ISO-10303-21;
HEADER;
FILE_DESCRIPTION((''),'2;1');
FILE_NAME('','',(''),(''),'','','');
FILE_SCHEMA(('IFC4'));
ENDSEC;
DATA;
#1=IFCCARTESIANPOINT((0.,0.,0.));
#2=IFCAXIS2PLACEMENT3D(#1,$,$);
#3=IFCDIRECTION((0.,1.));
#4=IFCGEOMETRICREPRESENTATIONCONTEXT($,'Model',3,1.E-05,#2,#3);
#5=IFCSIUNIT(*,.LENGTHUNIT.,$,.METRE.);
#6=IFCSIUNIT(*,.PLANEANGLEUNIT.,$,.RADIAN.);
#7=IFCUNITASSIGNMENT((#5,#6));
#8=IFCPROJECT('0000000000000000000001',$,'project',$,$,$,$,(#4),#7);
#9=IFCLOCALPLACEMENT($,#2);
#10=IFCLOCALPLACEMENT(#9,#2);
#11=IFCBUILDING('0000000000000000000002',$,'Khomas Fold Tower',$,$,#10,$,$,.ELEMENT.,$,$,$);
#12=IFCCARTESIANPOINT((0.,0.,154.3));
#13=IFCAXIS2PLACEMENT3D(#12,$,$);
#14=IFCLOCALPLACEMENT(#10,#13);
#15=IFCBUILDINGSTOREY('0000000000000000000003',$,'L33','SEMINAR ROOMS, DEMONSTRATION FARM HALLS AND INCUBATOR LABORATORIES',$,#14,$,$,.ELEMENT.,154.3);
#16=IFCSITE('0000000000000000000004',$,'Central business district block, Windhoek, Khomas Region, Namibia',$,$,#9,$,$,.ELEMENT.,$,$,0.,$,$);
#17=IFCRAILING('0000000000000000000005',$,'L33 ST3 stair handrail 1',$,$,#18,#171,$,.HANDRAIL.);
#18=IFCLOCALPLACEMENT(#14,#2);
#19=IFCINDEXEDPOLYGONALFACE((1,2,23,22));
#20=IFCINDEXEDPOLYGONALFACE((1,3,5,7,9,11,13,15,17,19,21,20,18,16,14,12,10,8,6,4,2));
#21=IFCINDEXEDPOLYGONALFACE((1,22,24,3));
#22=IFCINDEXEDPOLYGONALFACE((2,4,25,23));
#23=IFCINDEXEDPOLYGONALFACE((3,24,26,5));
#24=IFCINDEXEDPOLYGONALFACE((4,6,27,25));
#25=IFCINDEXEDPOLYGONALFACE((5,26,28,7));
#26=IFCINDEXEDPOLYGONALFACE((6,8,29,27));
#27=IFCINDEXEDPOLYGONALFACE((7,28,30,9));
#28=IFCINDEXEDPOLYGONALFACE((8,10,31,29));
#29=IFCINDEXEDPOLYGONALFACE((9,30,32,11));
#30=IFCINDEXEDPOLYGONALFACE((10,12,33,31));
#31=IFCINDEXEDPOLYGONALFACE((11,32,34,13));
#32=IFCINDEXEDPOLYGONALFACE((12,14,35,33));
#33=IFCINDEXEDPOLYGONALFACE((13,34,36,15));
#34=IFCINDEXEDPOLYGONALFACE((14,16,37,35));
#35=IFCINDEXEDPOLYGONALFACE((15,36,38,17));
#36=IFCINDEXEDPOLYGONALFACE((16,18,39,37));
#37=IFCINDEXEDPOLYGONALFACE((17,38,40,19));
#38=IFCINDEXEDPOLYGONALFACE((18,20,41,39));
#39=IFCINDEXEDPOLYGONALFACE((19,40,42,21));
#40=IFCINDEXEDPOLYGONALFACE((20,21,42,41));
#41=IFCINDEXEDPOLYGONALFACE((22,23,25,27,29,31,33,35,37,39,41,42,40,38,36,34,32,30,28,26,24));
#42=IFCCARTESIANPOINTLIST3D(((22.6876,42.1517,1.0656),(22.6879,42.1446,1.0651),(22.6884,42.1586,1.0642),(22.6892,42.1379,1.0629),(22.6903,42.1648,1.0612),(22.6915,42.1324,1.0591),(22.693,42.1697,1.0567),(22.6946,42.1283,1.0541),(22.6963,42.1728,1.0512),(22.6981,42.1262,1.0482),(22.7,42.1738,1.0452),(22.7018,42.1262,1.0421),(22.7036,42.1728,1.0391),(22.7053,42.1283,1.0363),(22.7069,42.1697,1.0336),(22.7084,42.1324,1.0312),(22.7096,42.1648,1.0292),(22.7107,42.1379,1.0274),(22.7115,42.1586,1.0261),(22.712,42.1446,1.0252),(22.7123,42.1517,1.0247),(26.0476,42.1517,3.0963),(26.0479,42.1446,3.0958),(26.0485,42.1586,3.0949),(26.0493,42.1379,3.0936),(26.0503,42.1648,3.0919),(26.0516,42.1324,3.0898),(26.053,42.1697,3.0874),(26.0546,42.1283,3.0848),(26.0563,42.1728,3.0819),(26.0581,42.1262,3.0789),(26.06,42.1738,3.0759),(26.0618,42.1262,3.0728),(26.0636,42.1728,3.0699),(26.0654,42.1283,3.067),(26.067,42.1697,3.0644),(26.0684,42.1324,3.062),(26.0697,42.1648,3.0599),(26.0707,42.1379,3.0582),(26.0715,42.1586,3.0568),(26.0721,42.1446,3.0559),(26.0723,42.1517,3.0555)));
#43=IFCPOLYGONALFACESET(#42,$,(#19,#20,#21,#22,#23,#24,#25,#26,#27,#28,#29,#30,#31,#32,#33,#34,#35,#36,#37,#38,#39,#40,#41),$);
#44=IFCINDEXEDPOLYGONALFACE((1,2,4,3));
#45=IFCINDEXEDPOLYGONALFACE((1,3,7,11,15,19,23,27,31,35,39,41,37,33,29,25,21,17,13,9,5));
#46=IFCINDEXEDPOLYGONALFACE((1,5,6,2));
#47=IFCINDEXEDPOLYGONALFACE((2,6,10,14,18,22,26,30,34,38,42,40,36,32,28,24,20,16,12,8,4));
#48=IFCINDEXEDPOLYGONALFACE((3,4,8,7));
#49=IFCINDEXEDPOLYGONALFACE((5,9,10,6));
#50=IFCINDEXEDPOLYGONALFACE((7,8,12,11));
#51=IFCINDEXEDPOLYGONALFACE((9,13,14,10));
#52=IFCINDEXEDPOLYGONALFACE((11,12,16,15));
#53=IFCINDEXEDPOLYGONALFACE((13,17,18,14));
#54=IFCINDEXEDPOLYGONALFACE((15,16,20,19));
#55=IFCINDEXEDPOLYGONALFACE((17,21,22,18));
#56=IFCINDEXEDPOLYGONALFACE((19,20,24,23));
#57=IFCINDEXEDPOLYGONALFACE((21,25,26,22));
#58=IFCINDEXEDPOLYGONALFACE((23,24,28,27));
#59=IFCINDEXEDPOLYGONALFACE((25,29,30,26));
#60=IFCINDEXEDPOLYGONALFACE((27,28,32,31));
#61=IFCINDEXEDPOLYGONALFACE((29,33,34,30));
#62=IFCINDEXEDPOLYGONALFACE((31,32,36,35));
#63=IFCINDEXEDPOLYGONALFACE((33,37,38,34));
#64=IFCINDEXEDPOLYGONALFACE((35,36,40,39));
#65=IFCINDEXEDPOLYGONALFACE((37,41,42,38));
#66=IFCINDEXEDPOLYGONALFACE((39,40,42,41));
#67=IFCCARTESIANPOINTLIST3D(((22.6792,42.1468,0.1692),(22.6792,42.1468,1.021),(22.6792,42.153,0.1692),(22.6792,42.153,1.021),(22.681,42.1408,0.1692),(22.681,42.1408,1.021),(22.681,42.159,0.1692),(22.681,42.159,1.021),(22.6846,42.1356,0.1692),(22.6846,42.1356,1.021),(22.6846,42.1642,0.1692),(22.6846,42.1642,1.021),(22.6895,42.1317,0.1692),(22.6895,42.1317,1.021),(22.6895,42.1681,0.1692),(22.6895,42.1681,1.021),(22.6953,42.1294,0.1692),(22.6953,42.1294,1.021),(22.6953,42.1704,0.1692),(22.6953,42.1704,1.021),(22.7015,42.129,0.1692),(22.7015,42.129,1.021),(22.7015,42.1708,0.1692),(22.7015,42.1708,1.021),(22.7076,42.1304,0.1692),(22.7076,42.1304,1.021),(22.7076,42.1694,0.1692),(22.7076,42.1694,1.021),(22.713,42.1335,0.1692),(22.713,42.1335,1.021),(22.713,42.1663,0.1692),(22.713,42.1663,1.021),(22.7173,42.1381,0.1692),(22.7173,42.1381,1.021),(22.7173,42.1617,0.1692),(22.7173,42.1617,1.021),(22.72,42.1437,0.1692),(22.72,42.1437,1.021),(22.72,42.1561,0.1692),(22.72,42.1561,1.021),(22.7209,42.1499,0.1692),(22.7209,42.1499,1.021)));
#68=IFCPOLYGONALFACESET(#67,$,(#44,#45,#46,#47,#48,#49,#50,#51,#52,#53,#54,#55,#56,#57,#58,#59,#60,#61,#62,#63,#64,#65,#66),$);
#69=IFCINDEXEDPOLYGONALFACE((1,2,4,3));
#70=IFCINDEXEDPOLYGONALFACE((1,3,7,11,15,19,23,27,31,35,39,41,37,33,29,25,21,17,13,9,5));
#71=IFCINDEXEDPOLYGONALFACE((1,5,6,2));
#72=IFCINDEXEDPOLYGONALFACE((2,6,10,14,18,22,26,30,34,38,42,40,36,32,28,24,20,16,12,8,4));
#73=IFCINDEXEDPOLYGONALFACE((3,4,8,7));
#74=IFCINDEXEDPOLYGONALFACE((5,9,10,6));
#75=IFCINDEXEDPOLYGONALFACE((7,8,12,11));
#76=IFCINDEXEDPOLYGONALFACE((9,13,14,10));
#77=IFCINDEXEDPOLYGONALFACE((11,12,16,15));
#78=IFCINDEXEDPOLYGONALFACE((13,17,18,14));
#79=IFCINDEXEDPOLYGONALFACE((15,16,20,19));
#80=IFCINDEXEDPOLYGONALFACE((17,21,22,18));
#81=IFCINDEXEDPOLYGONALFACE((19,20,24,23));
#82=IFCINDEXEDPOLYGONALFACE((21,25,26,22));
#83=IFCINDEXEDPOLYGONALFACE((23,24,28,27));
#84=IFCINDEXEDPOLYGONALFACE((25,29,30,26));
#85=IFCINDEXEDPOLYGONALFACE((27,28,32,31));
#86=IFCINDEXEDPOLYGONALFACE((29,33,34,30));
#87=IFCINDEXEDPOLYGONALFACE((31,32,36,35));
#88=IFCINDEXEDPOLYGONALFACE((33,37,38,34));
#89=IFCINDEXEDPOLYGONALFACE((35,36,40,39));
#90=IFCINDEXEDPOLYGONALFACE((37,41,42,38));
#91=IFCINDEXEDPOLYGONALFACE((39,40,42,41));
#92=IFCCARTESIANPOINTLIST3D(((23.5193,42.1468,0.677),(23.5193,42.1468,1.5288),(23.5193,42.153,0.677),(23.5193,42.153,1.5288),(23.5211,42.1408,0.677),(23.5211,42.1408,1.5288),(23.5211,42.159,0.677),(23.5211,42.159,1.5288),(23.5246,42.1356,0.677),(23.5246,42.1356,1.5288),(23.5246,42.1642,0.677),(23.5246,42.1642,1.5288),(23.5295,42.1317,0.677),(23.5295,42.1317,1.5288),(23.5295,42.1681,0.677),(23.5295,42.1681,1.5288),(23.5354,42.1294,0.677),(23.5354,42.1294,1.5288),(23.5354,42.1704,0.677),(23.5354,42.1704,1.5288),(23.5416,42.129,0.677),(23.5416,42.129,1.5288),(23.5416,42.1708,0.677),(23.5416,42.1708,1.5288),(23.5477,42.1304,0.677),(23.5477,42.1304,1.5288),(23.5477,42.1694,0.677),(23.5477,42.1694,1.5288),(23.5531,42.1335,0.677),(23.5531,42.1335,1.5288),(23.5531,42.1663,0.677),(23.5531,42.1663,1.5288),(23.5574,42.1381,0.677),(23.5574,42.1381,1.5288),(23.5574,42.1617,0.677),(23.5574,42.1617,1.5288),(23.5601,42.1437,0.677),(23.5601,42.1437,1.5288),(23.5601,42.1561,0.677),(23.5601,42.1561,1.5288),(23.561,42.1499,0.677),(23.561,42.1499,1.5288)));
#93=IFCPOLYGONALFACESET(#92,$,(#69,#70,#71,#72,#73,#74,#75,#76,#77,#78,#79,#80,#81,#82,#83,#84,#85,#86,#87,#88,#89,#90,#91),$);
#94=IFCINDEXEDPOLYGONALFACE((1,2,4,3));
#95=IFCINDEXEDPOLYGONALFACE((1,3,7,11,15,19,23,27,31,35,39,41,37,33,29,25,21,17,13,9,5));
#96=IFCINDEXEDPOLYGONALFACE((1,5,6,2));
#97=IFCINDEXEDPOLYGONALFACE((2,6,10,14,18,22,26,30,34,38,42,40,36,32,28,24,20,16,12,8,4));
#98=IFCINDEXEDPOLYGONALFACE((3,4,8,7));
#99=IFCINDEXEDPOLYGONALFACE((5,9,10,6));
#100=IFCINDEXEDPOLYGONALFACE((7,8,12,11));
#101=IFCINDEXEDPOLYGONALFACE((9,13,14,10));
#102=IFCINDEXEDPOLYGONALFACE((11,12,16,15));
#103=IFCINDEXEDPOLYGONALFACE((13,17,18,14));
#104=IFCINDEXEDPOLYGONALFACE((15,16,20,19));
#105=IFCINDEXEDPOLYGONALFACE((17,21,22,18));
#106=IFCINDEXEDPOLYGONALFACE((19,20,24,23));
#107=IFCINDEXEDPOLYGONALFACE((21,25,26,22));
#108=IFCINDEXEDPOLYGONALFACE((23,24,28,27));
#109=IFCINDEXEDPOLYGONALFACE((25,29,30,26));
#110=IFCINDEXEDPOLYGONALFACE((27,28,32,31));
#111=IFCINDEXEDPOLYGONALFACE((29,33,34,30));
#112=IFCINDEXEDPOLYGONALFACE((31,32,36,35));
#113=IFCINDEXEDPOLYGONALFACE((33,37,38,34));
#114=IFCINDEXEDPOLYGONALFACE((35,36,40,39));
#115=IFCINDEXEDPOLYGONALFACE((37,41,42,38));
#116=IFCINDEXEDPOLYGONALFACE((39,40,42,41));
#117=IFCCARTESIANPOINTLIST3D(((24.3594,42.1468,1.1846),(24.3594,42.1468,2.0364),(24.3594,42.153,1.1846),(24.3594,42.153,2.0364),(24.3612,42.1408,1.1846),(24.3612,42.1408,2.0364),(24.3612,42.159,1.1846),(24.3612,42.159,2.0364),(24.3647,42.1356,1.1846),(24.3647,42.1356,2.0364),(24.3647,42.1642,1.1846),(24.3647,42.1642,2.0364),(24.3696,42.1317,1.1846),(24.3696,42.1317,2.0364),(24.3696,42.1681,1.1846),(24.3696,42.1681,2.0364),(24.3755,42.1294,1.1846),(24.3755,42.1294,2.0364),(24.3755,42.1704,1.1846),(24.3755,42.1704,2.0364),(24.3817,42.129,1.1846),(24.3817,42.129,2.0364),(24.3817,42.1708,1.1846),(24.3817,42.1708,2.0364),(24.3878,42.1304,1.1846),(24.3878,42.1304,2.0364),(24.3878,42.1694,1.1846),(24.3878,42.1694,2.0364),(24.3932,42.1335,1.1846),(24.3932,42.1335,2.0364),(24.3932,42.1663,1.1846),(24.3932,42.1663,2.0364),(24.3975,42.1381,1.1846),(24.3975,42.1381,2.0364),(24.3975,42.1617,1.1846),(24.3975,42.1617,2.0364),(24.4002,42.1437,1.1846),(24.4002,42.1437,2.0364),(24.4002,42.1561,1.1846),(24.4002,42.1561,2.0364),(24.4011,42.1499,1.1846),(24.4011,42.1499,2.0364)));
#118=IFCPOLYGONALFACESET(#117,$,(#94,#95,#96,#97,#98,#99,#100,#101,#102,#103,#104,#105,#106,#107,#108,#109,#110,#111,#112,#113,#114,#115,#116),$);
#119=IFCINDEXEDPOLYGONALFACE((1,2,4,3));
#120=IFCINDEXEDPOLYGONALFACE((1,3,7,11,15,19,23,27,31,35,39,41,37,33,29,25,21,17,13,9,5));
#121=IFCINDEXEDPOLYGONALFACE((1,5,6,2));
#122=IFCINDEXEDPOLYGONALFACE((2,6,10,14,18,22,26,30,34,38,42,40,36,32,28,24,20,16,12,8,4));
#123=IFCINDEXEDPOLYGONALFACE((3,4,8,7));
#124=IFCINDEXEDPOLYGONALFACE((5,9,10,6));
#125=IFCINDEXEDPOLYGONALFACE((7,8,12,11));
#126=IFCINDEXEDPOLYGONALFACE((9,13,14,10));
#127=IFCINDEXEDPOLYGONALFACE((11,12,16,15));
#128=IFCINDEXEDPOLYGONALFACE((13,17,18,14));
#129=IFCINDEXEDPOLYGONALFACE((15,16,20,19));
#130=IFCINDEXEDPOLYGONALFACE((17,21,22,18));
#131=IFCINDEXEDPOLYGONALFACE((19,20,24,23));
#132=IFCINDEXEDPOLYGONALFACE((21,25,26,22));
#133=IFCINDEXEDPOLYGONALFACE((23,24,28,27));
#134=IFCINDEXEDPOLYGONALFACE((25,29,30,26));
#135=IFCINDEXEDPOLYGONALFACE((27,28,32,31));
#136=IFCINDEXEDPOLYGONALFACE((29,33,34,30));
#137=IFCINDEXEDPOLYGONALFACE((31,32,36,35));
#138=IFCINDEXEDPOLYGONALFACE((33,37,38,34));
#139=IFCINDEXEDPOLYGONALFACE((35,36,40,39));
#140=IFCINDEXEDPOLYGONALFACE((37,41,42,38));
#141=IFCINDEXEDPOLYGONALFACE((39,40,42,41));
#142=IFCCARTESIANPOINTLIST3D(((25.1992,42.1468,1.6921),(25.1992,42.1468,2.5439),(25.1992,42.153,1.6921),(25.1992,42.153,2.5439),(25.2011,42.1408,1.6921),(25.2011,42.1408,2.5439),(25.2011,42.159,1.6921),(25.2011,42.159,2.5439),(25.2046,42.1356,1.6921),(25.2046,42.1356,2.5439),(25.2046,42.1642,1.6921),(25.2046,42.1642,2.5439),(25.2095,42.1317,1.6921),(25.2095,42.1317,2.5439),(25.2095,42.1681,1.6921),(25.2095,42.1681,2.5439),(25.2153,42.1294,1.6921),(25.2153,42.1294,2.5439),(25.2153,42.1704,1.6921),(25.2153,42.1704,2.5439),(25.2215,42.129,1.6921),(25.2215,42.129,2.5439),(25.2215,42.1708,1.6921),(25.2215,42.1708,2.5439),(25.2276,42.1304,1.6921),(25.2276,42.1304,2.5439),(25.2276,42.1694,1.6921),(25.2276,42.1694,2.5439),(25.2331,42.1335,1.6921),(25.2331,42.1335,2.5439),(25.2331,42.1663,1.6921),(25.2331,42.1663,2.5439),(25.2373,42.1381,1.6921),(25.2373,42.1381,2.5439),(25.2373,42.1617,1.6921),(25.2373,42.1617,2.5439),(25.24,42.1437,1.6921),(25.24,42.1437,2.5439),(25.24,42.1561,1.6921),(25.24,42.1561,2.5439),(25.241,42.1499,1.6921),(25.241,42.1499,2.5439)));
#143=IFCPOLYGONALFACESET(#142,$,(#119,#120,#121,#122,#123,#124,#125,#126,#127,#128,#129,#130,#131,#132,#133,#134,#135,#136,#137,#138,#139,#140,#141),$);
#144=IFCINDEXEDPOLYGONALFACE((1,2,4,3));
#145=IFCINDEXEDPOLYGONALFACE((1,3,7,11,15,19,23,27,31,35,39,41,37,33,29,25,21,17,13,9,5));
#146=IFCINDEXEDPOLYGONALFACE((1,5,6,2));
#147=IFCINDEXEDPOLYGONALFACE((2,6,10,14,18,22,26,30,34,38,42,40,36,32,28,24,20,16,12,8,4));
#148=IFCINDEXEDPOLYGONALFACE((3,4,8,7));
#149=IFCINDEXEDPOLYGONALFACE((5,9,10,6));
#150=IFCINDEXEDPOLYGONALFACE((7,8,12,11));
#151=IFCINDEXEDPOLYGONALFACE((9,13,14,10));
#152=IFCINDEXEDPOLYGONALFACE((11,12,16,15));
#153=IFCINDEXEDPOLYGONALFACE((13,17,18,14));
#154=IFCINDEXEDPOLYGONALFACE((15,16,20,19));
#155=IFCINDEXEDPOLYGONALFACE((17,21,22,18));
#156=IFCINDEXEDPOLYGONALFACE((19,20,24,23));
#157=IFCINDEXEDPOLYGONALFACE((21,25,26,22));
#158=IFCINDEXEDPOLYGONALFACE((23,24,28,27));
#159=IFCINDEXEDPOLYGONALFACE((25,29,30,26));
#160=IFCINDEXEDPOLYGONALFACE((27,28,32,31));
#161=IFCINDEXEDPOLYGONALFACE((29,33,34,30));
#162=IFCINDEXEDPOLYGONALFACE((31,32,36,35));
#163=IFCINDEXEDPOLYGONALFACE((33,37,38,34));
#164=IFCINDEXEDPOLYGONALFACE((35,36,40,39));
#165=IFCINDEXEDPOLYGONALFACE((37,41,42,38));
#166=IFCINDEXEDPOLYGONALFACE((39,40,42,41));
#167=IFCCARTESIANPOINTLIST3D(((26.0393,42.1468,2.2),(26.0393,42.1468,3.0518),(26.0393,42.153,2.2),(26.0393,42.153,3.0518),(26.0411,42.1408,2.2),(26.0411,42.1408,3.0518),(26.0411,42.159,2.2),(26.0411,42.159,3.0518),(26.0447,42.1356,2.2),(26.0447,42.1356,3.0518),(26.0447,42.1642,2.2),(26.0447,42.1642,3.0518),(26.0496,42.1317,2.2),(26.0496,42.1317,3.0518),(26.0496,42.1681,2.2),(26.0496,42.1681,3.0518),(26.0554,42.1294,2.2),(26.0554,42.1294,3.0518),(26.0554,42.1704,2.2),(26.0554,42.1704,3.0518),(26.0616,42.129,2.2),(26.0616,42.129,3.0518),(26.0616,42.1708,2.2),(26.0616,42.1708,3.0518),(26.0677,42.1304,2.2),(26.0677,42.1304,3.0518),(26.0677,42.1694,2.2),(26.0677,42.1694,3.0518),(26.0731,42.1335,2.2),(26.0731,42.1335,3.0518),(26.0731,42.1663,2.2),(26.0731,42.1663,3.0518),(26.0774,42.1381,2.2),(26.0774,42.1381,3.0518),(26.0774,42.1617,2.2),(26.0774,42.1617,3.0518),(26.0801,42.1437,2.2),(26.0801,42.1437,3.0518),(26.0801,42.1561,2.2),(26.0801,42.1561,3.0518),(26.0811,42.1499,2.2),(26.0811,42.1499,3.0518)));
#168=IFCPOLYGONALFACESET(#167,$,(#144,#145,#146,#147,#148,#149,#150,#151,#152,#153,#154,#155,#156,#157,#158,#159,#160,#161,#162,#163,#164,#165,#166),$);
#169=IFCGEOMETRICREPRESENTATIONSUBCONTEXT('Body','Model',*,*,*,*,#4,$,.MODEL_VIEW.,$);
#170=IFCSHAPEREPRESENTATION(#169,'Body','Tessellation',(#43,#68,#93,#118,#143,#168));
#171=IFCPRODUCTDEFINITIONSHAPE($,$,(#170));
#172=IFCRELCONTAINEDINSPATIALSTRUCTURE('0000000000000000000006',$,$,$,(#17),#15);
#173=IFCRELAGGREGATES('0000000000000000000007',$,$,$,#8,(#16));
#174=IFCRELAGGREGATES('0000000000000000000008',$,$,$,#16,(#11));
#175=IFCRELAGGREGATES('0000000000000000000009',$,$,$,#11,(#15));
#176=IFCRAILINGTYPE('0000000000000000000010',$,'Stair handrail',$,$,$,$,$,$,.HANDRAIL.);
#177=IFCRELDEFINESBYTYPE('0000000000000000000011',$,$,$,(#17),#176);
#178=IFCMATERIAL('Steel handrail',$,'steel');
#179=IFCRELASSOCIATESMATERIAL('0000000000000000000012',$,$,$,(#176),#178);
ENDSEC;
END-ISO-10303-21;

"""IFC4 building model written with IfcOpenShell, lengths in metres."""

from ifc_helpers import new_model, si_unit, direction, frame, origin, origin_2d, place, context, subcontext, project, spatial, circle, extrude, source, transform, mapped, material, type_object, element, save


model = new_model("IFC4")

# Units and contexts
model_context = context("Model", 3, precision=1e-05, world=origin(), true_north=direction((0.0, 1.0)))
body_context = subcontext(model_context, "Body", "Model", "MODEL_VIEW")
ifc_project = project(units=[si_unit("LENGTHUNIT", "METRE"), si_unit("PLANEANGLEUNIT", "RADIAN")], contexts=[model_context])

# Site, building, storey
site_placement = place(None, origin())
site = spatial("IfcSite", under=ifc_project, at=site_placement, Name="Central business district block, Windhoek, Khomas Region, Namibia", CompositionType="ELEMENT", RefElevation=0.0)
building_placement = place(site_placement, origin())
building = spatial("IfcBuilding", under=site, at=building_placement, Name="Khomas Fold Tower", CompositionType="ELEMENT")
storey_placement = place(building_placement, frame((0.0, 0.0, 154.3)))
storey = spatial("IfcBuildingStorey", under=building, at=storey_placement, Name="L33", Description="SEMINAR ROOMS, DEMONSTRATION FARM HALLS AND INCUBATOR LABORATORIES", CompositionType="ELEMENT", Elevation=154.3)

# Railing
ifc_material_1 = material(Name="Steel handrail", Category="steel")
railing_type_1 = type_object("IfcRailingType", Name="Stair handrail", PredefinedType="HANDRAIL", material=ifc_material_1)
shared_shape_1 = source(origin(), body_context, "Body", "SweptSolid", [
    extrude(circle(Radius=0.0239, at=origin_2d()), frame((0.0, 0.0, 0.876), z_axis=(0.855837, 0.0, 0.517246), x_axis=(0.0, 1.0, 0.0)), (0.0, 0.0, 1.0), 3.926),
    extrude(circle(Radius=0.021, at=origin_2d()), origin(), (0.0, 0.0, 1.0), 0.8518),
    extrude(circle(Radius=0.021, at=origin_2d()), frame((0.8401, 0.0, 0.5078)), (0.0, 0.0, 1.0), 0.8518),
    extrude(circle(Radius=0.021, at=origin_2d()), frame((1.6802, 0.0, 1.0154)), (0.0, 0.0, 1.0), 0.8518),
    extrude(circle(Radius=0.021, at=origin_2d()), frame((2.52, 0.0, 1.5229)), (0.0, 0.0, 1.0), 0.8518),
    extrude(circle(Radius=0.021, at=origin_2d()), frame((3.3601, 0.0, 2.0308)), (0.0, 0.0, 1.0), 0.8518),
])
railing_1_placement = place(storey_placement, frame((22.7, 42.1499, 0.1692)))
element("IfcRailing", 1, at=railing_1_placement, inside=storey, type_object=railing_type_1, Name="L33 ST3 stair handrail 1", PredefinedType="HANDRAIL", context=body_context, shape_type="MappedRepresentation", body=[
    mapped(shared_shape_1, transform((0.0, 0.0, 0.0))),
])

save(model, "model.ifc")
